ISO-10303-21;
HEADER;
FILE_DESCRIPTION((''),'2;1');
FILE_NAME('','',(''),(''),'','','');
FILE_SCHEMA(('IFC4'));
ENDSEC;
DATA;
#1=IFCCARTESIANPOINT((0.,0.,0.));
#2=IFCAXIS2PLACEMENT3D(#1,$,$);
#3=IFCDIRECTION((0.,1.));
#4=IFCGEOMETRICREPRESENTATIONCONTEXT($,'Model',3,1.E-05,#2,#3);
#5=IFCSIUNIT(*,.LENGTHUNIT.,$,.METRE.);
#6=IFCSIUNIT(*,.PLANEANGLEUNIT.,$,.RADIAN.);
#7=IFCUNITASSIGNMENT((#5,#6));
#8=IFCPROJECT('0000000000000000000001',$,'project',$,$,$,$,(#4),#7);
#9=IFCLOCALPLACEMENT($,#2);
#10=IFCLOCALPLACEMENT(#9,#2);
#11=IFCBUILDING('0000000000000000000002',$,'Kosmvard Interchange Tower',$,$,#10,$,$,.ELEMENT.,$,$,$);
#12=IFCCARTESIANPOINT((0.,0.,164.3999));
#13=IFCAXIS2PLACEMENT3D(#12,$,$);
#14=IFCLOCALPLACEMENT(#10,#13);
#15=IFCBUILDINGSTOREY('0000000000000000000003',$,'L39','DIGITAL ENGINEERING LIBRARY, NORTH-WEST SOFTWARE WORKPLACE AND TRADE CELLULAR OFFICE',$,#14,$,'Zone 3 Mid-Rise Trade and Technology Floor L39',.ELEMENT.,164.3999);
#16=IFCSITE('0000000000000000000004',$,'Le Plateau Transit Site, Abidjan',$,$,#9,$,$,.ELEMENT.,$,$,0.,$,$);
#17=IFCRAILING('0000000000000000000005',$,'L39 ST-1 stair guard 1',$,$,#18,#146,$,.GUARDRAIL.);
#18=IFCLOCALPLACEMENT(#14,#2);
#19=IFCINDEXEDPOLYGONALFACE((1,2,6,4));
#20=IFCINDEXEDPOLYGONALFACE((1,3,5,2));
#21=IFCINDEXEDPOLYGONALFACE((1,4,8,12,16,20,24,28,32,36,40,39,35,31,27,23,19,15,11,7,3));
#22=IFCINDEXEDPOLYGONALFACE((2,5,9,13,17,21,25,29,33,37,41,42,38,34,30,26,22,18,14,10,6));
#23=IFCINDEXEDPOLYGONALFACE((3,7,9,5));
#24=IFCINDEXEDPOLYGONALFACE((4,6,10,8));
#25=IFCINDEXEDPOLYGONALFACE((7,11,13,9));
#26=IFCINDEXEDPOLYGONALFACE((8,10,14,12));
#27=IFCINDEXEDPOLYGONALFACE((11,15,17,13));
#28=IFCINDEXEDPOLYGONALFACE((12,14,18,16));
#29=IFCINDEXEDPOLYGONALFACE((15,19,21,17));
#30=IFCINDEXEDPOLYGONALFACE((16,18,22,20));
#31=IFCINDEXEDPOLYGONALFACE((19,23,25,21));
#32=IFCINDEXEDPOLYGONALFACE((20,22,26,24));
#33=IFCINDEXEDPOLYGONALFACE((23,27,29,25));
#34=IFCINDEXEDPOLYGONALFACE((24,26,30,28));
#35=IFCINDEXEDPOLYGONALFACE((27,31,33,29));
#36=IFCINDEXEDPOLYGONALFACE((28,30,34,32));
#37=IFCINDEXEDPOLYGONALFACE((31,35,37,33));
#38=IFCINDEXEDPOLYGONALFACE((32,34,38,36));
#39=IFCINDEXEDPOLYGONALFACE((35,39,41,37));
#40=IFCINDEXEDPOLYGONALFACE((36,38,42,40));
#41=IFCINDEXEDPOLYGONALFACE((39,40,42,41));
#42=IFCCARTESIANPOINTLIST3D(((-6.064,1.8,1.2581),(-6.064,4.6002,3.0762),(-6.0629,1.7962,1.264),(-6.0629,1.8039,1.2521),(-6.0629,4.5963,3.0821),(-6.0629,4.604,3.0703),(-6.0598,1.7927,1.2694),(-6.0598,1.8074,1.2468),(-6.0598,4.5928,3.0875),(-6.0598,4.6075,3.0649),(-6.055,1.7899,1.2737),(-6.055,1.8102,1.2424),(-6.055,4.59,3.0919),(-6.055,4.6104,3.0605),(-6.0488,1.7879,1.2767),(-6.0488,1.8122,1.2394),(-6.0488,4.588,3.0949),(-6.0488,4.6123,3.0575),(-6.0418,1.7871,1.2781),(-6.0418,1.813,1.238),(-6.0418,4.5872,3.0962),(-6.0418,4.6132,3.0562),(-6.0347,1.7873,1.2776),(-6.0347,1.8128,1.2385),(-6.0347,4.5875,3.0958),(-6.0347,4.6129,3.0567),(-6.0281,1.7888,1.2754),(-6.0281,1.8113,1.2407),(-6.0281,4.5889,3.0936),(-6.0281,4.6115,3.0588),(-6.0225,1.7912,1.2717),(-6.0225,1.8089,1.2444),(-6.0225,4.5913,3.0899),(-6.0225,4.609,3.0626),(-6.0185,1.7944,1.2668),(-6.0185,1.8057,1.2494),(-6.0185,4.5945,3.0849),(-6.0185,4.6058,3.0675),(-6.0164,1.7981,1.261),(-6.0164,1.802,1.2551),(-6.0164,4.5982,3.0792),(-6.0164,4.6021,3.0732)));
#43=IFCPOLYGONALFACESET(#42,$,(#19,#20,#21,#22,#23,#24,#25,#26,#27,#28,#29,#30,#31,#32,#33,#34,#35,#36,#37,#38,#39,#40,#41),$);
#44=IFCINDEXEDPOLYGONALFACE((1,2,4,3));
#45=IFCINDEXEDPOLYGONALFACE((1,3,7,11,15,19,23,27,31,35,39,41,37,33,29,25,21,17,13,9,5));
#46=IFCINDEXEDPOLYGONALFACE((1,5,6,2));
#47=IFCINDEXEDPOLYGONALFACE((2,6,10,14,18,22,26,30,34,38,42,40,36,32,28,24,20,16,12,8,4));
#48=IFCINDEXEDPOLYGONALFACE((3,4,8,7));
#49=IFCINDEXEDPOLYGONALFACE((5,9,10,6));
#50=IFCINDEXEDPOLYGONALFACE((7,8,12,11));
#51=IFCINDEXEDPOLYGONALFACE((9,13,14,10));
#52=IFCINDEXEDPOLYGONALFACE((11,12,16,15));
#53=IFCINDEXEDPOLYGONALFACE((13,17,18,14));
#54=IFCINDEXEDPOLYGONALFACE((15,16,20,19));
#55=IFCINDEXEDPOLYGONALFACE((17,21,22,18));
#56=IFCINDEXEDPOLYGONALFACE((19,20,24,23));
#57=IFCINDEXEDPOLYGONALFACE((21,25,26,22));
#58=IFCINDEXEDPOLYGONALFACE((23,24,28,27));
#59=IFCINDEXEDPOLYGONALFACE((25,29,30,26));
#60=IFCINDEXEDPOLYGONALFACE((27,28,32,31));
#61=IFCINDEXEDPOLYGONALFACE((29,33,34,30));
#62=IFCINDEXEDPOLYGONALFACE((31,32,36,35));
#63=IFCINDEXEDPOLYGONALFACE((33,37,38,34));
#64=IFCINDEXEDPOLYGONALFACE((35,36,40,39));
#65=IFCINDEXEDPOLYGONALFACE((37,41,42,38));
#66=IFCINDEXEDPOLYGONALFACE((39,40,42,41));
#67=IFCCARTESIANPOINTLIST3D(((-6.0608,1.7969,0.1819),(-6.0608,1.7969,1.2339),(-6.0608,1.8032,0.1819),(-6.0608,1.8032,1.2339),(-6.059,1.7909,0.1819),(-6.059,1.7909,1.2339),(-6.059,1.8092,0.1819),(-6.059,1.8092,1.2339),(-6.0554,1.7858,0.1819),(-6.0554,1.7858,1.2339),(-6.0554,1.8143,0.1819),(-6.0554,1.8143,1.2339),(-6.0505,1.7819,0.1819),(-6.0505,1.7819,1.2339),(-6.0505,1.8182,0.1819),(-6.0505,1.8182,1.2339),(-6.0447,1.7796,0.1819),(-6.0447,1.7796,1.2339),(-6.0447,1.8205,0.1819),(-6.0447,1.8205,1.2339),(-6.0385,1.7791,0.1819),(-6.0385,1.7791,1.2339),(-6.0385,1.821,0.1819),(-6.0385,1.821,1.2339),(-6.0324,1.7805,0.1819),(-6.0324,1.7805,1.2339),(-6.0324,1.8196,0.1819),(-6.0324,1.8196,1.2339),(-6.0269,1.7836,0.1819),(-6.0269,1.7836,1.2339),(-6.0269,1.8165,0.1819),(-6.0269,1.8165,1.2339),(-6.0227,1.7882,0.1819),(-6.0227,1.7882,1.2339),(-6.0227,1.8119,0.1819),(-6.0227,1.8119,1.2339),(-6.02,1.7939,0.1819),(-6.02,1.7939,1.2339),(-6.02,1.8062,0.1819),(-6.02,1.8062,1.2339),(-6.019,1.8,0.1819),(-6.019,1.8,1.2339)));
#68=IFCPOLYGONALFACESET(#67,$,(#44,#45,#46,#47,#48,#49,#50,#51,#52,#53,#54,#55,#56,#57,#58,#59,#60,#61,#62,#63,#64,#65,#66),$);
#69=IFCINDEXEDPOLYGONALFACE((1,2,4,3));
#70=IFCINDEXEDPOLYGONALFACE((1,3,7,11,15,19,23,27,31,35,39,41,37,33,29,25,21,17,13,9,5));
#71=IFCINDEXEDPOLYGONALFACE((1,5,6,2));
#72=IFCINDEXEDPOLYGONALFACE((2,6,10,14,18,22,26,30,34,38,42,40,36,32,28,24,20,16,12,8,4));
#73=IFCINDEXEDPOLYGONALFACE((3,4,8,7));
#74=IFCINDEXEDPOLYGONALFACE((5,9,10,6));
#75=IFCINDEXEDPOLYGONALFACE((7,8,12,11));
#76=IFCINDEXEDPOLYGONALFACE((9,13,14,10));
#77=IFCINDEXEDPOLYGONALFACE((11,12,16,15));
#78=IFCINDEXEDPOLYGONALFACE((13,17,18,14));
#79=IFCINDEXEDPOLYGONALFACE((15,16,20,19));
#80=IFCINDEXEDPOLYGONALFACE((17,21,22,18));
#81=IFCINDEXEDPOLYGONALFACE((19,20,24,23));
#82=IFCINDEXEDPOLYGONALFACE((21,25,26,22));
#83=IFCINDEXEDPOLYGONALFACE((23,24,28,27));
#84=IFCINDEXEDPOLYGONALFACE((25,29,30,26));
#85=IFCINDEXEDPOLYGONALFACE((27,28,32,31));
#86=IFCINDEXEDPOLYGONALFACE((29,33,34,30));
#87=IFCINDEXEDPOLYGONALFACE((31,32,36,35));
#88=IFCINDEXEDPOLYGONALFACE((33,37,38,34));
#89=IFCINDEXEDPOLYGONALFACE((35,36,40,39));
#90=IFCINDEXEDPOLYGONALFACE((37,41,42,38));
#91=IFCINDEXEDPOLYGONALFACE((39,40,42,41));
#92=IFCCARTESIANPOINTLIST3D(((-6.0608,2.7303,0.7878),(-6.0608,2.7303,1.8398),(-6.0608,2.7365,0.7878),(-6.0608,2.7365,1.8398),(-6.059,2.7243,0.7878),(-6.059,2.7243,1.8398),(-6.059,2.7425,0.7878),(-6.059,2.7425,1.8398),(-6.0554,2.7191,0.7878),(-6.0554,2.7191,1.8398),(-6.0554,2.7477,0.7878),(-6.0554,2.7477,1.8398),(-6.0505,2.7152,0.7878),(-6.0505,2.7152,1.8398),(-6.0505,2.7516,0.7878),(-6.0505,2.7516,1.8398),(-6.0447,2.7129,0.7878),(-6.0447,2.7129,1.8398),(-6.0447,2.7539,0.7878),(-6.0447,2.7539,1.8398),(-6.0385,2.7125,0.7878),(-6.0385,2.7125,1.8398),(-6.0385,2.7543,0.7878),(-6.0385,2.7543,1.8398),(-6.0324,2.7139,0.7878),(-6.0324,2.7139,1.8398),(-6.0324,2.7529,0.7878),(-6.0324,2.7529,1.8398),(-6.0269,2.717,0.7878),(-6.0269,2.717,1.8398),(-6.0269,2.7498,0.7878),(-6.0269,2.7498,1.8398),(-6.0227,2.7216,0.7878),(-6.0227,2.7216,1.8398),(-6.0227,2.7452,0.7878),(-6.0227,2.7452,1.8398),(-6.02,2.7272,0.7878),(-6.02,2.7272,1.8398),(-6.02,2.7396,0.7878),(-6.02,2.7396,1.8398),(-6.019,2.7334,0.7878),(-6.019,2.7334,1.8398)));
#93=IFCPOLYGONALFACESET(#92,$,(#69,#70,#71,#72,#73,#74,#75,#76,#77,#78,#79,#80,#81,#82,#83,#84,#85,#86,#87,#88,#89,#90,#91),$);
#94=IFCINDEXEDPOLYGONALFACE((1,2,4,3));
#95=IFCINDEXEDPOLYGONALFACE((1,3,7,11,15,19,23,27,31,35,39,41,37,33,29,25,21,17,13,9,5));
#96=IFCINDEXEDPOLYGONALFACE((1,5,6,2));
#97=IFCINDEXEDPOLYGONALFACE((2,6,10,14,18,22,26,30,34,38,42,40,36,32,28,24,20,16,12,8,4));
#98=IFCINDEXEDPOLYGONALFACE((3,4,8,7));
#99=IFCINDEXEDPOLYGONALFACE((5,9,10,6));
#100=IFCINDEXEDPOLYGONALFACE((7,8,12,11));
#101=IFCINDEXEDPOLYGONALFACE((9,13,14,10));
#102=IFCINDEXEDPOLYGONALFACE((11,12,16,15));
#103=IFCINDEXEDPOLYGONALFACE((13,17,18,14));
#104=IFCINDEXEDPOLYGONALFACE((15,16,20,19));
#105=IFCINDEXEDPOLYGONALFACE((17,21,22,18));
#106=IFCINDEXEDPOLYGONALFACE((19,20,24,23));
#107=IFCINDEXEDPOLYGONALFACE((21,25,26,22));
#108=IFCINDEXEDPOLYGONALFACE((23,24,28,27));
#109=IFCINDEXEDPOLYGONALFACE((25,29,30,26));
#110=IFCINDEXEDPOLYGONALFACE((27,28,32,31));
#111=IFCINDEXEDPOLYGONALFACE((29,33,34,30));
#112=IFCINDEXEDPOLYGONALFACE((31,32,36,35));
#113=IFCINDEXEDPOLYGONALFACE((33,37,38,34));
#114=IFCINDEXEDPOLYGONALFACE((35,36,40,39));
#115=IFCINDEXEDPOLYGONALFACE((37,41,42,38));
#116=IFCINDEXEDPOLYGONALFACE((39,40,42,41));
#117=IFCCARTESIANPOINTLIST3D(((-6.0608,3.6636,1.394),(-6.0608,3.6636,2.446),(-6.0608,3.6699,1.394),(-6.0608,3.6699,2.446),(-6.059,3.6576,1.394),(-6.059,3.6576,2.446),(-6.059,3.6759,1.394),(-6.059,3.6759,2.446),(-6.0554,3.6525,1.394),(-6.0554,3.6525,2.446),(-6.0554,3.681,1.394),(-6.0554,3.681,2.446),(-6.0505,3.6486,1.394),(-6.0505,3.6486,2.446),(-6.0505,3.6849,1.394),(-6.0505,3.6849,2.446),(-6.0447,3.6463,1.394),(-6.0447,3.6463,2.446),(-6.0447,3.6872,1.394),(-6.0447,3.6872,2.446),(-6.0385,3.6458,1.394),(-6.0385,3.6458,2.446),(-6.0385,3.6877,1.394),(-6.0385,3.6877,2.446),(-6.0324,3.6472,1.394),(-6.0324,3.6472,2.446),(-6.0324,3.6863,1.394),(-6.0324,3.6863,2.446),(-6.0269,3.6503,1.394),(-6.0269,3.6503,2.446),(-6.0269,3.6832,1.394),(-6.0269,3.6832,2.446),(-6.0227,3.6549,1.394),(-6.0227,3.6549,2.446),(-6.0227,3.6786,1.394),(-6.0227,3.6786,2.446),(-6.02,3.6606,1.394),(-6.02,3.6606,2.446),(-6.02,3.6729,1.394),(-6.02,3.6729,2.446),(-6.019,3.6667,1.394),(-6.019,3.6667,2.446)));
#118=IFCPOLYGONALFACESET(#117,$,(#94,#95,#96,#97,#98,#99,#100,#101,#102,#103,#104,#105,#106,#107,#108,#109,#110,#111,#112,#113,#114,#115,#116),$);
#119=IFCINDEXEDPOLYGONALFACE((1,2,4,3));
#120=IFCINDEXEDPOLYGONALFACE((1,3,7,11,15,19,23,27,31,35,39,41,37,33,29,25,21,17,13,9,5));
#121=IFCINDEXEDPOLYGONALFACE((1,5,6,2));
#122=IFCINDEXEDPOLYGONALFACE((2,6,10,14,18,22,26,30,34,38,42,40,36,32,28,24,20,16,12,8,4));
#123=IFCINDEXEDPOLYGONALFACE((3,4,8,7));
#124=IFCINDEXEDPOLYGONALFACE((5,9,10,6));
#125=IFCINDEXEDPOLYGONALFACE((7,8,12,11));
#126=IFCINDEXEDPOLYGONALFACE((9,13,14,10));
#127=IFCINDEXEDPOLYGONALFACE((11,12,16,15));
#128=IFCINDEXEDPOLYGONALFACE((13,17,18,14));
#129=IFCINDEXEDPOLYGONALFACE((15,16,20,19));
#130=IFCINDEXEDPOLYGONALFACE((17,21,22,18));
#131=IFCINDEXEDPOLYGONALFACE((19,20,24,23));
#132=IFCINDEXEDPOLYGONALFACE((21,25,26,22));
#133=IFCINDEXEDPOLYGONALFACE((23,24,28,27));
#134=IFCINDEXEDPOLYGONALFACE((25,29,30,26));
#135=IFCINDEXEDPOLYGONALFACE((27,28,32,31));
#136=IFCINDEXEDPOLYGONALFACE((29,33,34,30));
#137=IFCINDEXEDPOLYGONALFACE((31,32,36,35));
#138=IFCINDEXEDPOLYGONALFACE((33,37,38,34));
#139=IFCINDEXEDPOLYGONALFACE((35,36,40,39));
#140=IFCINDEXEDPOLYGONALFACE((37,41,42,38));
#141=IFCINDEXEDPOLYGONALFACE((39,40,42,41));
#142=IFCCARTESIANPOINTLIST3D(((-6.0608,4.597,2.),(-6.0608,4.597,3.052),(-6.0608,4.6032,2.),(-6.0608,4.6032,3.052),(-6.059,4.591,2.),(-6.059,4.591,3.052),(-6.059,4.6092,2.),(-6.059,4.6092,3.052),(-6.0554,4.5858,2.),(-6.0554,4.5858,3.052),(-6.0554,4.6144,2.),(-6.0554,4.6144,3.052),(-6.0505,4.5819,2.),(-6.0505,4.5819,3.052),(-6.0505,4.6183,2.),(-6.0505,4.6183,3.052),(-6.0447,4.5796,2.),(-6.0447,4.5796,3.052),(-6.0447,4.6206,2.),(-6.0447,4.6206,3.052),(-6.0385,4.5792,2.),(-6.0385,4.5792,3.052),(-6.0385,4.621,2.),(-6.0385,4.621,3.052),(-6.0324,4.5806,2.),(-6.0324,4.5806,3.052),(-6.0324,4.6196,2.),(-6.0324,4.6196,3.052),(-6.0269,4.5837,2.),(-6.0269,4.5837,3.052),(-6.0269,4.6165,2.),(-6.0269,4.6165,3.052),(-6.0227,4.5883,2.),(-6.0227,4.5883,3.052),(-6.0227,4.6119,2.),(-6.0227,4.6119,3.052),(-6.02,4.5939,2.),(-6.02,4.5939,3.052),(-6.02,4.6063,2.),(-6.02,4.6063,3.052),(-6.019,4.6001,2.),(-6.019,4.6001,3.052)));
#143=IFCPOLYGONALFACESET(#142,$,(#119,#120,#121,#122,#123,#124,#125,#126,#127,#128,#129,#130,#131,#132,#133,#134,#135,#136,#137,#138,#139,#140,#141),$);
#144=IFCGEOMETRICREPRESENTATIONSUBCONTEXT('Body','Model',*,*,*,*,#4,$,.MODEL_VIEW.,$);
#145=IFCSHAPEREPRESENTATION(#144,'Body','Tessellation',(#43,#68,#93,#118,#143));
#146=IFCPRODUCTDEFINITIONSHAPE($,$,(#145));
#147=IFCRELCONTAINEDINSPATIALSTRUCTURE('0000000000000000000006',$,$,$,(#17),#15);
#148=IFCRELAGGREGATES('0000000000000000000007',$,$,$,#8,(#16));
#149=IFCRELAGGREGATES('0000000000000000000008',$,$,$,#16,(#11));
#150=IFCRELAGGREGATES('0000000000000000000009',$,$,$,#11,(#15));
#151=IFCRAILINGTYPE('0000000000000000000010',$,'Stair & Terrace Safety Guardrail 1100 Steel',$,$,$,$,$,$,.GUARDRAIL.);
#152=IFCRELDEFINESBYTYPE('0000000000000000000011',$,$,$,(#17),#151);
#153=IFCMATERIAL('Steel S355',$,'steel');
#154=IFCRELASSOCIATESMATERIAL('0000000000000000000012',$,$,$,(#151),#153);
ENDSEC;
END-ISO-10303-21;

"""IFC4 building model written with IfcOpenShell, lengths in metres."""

from ifc_helpers import new_model, si_unit, direction, frame, origin, origin_2d, place, context, subcontext, project, spatial, circle, extrude, source, transform, mapped, material, type_object, element, save


model = new_model("IFC4")

# Units and contexts
model_context = context("Model", 3, precision=1e-05, world=origin(), true_north=direction((0.0, 1.0)))
body_context = subcontext(model_context, "Body", "Model", "MODEL_VIEW")
ifc_project = project(units=[si_unit("LENGTHUNIT", "METRE"), si_unit("PLANEANGLEUNIT", "RADIAN")], contexts=[model_context])

# Site, building, storey
site_placement = place(None, origin())
site = spatial("IfcSite", under=ifc_project, at=site_placement, Name="Le Plateau Transit Site, Abidjan", CompositionType="ELEMENT", RefElevation=0.0)
building_placement = place(site_placement, origin())
building = spatial("IfcBuilding", under=site, at=building_placement, Name="Kosmvard Interchange Tower", CompositionType="ELEMENT")
storey_placement = place(building_placement, frame((0.0, 0.0, 164.3999)))
storey = spatial("IfcBuildingStorey", under=building, at=storey_placement, Name="L39", Description="DIGITAL ENGINEERING LIBRARY, NORTH-WEST SOFTWARE WORKPLACE AND TRADE CELLULAR OFFICE", LongName="Zone 3 Mid-Rise Trade and Technology Floor L39", CompositionType="ELEMENT", Elevation=164.3999)

# Shared definitions
ifc_material_1 = material(Name="Steel S355", Category="steel")

# Railing
railing_type_1 = type_object("IfcRailingType", Name="Stair & Terrace Safety Guardrail 1100 Steel", PredefinedType="GUARDRAIL", material=ifc_material_1)
shared_shape_1 = source(origin(), body_context, "Body", "SweptSolid", [
    extrude(circle(Radius=0.0239, at=origin_2d()), frame((0.0, 0.0, 1.0762), z_axis=(0.0, 0.838706, 0.544585), x_axis=(-1.0, 0.0, 0.0)), (0.0, 0.0, 1.0), 3.3386),
    extrude(circle(Radius=0.021, at=origin_2d()), origin(), (0.0, 0.0, 1.0), 1.052),
    extrude(circle(Radius=0.021, at=origin_2d()), frame((0.0, 0.9333, 0.606)), (0.0, 0.0, 1.0), 1.052),
    extrude(circle(Radius=0.021, at=origin_2d()), frame((0.0, 1.8667, 1.2122)), (0.0, 0.0, 1.0), 1.052),
    extrude(circle(Radius=0.021, at=origin_2d()), frame((0.0, 2.8, 1.8181)), (0.0, 0.0, 1.0), 1.052),
])
railing_1_placement = place(storey_placement, frame((-6.04, 1.8, 0.1819)))
element("IfcRailing", 1, at=railing_1_placement, inside=storey, type_object=railing_type_1, Name="L39 ST-1 stair guard 1", PredefinedType="GUARDRAIL", context=body_context, shape_type="MappedRepresentation", body=[
    mapped(shared_shape_1, transform((0.0, 0.0, 0.0), scale=1.0)),
])

save(model, "model.ifc")
